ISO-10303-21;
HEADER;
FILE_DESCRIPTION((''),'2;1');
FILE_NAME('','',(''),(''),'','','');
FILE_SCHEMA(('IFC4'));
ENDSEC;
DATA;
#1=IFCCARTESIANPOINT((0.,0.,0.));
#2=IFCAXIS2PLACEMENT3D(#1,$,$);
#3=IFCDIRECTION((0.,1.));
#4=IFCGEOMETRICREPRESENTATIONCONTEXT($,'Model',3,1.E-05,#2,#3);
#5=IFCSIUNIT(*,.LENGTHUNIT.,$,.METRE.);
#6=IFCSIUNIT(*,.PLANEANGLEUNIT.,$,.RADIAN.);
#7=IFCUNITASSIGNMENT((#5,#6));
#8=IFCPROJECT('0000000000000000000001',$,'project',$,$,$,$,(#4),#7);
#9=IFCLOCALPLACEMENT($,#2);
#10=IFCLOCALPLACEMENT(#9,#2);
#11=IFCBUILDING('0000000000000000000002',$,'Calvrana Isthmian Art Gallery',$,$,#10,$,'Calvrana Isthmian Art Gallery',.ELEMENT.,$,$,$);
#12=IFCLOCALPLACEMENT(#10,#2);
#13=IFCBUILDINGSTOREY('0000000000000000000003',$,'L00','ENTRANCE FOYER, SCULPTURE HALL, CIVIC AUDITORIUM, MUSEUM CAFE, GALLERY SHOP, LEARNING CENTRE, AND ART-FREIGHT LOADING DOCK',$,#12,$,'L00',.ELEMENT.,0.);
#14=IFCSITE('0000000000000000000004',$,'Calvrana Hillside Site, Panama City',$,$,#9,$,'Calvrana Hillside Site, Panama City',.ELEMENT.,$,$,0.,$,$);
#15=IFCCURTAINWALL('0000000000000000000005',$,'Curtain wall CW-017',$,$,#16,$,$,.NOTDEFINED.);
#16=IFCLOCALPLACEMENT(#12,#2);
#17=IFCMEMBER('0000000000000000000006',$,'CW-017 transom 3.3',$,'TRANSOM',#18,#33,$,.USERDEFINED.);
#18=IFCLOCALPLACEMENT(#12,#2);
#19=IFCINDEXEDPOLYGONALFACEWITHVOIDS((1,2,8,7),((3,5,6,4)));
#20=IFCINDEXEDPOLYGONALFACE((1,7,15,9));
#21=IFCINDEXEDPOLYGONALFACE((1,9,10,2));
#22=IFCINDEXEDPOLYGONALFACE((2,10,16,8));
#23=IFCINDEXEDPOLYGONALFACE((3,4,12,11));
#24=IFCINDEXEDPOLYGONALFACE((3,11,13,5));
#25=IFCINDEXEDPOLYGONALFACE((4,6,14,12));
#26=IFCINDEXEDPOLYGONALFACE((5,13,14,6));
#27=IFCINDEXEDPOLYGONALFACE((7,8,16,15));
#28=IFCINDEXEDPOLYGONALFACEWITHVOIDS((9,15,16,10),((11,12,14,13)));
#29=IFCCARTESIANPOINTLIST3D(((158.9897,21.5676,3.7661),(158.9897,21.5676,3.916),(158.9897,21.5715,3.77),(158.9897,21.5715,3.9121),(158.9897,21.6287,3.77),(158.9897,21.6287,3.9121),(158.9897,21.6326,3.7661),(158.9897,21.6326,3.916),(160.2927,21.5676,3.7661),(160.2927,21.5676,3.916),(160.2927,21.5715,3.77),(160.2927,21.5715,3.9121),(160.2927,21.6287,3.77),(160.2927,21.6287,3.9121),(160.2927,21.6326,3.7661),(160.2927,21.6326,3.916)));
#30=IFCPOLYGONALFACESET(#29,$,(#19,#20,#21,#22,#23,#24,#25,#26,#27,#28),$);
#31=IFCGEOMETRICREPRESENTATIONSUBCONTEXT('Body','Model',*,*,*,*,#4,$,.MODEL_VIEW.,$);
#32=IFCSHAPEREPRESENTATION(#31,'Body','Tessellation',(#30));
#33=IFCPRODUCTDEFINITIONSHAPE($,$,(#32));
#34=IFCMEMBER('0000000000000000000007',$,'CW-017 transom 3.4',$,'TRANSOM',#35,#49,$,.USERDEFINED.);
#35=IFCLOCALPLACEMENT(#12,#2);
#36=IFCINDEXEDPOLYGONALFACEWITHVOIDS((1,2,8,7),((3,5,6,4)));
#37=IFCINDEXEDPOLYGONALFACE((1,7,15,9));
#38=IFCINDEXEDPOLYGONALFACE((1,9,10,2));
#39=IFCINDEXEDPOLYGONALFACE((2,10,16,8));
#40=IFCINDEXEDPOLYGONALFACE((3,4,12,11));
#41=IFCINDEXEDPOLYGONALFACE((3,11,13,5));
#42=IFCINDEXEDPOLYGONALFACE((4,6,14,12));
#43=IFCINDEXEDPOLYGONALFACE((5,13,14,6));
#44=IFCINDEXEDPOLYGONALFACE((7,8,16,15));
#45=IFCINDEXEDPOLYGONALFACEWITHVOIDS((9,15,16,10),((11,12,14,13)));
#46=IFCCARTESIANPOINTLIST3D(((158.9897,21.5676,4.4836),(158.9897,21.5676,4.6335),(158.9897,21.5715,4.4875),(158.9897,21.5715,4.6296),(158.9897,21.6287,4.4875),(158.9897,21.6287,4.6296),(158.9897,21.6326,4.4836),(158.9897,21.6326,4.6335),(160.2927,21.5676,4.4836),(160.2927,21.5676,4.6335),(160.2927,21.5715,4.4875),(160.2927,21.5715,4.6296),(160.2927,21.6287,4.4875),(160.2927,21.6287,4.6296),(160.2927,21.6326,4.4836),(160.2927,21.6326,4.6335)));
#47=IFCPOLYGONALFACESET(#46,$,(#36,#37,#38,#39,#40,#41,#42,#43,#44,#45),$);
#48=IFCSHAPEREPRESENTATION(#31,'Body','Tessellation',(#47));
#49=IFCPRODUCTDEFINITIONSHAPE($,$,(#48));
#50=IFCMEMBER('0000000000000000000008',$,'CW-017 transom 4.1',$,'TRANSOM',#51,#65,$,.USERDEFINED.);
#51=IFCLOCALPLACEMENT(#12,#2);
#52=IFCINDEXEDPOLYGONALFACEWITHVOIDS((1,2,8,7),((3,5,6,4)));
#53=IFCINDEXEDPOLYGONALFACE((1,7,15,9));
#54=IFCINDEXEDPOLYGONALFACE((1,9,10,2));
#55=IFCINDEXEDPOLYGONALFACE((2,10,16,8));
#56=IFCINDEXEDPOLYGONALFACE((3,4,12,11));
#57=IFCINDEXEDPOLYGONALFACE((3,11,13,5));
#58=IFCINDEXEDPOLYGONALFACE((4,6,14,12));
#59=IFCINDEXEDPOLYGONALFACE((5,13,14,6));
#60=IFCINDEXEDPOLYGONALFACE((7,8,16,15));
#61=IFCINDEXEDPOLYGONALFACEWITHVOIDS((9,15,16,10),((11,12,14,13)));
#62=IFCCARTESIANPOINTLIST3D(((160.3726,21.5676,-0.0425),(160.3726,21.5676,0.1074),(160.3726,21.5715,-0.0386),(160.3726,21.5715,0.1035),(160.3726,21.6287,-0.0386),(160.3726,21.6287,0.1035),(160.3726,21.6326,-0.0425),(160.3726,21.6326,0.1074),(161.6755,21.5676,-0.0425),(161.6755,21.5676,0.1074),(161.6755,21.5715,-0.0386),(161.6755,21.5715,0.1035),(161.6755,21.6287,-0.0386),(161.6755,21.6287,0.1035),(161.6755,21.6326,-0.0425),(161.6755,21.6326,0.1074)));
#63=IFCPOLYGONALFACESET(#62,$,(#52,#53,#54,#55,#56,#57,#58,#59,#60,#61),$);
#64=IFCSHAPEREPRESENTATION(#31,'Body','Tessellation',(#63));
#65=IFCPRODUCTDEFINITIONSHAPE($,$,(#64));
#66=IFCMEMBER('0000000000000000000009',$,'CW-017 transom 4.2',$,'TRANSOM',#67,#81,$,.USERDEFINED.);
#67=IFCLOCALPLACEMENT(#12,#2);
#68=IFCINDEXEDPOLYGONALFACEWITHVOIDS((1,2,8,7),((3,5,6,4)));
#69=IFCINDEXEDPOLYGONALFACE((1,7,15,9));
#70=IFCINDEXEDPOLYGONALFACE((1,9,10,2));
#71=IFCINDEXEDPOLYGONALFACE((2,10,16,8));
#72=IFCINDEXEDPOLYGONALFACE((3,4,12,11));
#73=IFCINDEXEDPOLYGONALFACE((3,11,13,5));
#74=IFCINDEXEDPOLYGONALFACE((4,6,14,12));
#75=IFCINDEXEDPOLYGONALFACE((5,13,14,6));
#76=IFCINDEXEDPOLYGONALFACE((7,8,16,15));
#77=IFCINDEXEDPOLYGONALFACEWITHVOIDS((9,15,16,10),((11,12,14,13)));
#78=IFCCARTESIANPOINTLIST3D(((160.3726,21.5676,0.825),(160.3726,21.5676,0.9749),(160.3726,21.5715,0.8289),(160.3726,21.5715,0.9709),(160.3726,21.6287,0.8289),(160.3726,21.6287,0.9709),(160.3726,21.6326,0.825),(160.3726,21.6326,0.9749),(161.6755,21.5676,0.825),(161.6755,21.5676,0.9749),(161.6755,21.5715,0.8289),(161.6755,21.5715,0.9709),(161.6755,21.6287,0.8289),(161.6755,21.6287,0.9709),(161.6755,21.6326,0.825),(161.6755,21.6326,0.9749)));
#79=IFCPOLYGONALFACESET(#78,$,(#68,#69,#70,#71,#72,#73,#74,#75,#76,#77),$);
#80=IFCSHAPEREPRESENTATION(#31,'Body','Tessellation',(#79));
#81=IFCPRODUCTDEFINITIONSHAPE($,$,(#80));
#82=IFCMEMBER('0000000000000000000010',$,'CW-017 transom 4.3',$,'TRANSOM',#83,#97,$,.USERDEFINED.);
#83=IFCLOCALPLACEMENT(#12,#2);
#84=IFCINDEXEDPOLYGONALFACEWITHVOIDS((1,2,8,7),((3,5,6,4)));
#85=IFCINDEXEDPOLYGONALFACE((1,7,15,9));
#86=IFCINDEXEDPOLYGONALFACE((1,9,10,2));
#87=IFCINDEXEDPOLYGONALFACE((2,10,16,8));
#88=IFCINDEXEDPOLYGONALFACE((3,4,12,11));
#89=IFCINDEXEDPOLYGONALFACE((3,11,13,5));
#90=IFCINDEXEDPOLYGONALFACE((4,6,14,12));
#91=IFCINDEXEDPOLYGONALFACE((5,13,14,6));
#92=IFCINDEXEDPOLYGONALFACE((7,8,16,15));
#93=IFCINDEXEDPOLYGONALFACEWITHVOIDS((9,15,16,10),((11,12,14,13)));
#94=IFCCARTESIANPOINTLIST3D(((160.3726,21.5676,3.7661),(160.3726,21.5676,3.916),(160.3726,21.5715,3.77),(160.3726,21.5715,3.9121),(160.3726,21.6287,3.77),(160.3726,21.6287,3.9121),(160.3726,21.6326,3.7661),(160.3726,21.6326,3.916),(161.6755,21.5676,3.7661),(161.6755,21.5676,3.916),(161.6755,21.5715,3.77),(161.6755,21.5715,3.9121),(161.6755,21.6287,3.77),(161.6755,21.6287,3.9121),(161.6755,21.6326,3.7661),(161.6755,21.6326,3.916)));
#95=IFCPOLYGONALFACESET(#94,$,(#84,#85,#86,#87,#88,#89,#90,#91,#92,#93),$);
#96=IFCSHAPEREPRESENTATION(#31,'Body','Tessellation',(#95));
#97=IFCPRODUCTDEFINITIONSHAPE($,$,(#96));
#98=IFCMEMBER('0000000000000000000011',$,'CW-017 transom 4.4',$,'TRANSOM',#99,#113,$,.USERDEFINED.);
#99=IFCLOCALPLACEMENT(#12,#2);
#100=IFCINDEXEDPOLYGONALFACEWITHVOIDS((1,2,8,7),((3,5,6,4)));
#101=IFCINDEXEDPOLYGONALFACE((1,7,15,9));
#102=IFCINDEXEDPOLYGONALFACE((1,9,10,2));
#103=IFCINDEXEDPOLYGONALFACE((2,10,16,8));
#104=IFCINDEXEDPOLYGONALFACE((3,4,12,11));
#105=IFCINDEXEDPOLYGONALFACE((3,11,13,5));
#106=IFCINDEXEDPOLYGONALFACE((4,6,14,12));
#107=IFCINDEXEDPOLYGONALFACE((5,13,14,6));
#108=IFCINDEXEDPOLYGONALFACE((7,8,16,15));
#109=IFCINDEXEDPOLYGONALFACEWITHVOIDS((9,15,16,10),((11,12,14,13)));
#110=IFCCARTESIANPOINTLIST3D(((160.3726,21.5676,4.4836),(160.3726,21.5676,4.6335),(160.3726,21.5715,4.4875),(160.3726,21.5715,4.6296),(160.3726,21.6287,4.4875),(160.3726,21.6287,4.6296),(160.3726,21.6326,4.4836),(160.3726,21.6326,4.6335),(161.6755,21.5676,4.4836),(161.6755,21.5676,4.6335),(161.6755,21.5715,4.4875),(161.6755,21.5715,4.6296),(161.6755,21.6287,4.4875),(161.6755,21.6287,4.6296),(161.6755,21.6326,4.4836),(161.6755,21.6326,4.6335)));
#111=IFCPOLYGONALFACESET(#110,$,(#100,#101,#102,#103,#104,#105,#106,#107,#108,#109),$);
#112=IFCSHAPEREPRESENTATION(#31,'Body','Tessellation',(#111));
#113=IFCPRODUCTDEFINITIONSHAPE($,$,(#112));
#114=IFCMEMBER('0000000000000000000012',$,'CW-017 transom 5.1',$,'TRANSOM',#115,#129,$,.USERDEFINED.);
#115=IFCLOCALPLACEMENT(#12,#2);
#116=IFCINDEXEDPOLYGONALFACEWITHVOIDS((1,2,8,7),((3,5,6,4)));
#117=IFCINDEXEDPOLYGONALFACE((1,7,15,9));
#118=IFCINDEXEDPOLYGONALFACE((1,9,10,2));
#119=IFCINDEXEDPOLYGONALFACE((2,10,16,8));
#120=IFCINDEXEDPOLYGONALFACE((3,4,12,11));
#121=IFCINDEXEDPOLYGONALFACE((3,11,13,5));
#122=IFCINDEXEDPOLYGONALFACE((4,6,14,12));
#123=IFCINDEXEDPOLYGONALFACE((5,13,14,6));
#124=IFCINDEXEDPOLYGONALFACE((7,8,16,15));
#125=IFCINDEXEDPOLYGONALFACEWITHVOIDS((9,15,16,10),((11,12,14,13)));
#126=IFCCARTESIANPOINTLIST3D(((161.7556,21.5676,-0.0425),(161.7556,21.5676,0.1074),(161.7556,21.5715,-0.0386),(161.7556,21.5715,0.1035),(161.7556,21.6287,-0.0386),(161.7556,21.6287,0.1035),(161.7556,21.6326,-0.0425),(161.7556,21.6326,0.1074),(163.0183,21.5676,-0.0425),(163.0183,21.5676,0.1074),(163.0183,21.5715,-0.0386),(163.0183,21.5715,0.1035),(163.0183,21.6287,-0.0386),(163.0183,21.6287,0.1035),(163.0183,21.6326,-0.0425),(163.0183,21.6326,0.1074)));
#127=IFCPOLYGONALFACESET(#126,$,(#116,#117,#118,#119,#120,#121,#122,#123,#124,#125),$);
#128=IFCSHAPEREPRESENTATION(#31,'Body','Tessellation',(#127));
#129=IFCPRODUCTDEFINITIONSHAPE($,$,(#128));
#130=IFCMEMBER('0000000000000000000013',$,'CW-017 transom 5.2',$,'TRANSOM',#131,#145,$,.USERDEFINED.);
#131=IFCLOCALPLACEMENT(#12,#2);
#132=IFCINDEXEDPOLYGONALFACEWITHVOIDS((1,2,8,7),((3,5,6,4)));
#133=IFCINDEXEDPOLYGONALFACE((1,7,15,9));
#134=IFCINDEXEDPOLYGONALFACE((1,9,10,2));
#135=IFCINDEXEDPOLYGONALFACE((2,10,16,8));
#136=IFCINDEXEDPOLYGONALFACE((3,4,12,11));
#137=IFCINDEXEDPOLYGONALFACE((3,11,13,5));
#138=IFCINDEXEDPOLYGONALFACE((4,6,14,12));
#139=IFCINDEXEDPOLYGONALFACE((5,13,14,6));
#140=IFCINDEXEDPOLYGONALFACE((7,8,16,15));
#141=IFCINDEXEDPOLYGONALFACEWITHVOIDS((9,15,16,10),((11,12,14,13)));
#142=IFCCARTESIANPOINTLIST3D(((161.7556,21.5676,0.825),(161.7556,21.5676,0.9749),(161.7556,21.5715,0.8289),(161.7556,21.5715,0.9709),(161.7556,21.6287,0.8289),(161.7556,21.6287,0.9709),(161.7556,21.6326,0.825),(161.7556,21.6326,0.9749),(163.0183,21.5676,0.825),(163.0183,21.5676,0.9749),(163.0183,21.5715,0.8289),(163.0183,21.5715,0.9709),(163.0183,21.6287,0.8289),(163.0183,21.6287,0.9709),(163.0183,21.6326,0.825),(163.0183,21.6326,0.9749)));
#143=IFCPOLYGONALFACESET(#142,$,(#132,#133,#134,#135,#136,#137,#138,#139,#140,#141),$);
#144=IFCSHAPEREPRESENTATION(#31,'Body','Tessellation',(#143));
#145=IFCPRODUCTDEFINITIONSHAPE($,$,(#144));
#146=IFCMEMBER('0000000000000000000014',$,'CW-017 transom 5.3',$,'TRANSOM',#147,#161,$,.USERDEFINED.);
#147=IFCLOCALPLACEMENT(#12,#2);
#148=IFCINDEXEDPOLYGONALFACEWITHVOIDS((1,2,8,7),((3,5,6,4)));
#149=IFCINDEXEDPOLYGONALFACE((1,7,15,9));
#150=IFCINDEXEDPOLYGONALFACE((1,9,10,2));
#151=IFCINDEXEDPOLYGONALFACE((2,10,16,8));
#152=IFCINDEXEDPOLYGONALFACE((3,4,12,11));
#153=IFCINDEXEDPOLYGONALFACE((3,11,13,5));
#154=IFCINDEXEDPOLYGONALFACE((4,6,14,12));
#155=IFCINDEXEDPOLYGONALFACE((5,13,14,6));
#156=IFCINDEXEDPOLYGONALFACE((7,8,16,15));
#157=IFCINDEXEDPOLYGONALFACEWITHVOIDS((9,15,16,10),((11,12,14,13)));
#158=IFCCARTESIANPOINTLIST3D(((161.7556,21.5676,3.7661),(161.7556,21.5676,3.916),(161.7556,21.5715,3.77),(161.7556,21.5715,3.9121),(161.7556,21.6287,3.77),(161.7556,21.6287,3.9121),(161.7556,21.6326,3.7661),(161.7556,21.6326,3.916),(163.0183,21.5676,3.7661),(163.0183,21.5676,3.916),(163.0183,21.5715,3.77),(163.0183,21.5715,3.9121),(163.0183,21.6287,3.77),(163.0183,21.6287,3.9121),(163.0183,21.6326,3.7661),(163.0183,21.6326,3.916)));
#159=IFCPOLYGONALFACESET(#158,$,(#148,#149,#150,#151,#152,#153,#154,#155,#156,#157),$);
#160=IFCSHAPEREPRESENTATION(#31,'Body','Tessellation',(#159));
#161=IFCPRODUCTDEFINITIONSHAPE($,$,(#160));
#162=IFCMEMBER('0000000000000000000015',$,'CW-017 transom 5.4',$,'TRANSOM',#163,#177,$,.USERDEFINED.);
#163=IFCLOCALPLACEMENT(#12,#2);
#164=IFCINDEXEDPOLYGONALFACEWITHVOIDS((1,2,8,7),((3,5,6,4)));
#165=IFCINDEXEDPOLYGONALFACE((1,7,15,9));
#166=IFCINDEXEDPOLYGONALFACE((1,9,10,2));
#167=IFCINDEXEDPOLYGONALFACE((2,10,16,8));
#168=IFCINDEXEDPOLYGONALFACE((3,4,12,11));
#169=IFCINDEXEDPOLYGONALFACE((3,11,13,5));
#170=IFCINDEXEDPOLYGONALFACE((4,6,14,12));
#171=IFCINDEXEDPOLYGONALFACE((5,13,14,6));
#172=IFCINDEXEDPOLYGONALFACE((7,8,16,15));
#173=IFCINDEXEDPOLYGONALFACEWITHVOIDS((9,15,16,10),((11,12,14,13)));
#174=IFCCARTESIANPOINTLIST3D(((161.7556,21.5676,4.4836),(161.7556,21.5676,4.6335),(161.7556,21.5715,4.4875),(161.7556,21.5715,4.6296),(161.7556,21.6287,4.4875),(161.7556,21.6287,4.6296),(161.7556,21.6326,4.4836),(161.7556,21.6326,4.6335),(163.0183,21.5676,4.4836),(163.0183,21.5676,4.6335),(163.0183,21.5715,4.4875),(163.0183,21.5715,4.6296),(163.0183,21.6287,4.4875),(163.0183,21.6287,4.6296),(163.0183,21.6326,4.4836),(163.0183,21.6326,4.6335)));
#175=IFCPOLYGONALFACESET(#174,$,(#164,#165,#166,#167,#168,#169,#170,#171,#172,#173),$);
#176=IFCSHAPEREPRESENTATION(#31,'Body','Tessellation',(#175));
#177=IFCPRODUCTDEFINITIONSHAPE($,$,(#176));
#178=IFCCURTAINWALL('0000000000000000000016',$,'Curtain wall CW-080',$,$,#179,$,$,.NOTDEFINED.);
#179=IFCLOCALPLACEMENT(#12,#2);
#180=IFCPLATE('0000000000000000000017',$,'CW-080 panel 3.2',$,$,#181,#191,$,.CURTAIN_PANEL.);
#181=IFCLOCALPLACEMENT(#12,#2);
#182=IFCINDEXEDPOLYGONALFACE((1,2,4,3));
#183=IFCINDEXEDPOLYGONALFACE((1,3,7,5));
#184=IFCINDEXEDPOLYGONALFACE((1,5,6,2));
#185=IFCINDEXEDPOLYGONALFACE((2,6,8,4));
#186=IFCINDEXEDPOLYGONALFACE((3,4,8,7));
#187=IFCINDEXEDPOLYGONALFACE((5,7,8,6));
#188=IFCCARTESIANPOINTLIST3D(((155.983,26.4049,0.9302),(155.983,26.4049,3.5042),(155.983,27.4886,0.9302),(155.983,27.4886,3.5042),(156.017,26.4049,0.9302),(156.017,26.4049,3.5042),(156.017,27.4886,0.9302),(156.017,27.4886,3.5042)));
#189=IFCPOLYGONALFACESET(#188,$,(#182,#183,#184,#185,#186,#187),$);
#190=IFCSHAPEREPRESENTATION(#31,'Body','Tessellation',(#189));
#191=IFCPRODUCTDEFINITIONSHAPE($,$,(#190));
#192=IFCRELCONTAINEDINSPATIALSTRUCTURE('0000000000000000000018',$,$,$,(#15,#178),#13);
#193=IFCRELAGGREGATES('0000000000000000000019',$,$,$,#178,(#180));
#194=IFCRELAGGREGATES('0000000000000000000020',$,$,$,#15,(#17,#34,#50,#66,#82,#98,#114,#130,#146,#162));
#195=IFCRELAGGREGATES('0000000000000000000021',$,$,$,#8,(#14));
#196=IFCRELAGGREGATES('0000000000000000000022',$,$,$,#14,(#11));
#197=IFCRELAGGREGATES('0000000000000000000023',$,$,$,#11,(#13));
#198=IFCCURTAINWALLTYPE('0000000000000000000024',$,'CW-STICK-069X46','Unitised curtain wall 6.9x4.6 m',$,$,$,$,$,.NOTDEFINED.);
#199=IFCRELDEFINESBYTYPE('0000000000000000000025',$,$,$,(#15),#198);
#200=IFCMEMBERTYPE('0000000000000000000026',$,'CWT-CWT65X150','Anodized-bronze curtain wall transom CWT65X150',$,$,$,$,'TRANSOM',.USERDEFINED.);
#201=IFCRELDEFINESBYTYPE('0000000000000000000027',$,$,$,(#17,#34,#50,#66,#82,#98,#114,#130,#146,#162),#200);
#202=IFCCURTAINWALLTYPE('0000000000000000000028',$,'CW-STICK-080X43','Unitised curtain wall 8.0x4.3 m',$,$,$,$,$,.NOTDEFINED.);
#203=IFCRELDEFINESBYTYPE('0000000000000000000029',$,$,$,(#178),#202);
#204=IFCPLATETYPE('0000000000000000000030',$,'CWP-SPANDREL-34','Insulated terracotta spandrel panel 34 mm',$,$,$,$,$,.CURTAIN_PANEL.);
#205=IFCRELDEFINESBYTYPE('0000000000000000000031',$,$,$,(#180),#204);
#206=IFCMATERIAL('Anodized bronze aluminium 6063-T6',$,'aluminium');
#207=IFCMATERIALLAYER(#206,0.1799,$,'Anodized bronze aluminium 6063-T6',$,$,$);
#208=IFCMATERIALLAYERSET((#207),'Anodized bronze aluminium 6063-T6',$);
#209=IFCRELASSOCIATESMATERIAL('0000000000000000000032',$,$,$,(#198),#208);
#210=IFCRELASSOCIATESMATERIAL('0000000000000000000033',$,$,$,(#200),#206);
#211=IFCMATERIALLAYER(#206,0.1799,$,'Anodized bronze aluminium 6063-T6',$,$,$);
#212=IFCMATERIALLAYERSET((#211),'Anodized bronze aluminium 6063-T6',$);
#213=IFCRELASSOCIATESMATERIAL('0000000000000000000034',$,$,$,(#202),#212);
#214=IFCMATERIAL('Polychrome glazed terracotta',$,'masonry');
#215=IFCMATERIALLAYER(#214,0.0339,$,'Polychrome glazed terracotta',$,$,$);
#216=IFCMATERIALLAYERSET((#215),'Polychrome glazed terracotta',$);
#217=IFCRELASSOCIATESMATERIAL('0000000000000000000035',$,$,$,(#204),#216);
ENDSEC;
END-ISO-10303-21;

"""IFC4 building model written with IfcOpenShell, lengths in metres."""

from ifc_helpers import new_model, si_unit, direction, frame, origin, origin_2d, place, context, subcontext, project, spatial, rectangle, hollow_rectangle, extrude, material, layer, layer_set, material_profile, profile_set, type_object, element, aggregate, save


model = new_model("IFC4")

# Units and contexts
model_context = context("Model", 3, precision=1e-05, world=origin(), true_north=direction((0.0, 1.0)))
body_context = subcontext(model_context, "Body", "Model", "MODEL_VIEW")
ifc_project = project(units=[si_unit("LENGTHUNIT", "METRE"), si_unit("PLANEANGLEUNIT", "RADIAN")], contexts=[model_context])

# Site, building, storey
site_placement = place(None, origin())
site = spatial("IfcSite", under=ifc_project, at=site_placement, Name="Calvrana Hillside Site, Panama City", LongName="Calvrana Hillside Site, Panama City", CompositionType="ELEMENT", RefElevation=0.0)
building_placement = place(site_placement, origin())
building = spatial("IfcBuilding", under=site, at=building_placement, Name="Calvrana Isthmian Art Gallery", LongName="Calvrana Isthmian Art Gallery", CompositionType="ELEMENT")
storey_placement = place(building_placement, origin())
storey = spatial("IfcBuildingStorey", under=building, at=storey_placement, Name="L00", Description="ENTRANCE FOYER, SCULPTURE HALL, CIVIC AUDITORIUM, MUSEUM CAFE, GALLERY SHOP, LEARNING CENTRE, AND ART-FREIGHT LOADING DOCK", LongName="L00", CompositionType="ELEMENT", Elevation=0.0)

# Curtain wall, members
ifc_material_1 = material(Name="Anodized bronze aluminium 6063-T6", Category="aluminium")
ifc_layer_1 = layer(ifc_material_1, 0.1799, Name="Anodized bronze aluminium 6063-T6")
ifc_layer_set_1 = layer_set([ifc_layer_1], Name="Anodized bronze aluminium 6063-T6")
curtain_wall_type_1 = type_object("IfcCurtainWallType", Name="CW-STICK-069X46", Description="Unitised curtain wall 6.9x4.6 m", PredefinedType="NOTDEFINED", material=ifc_layer_set_1)
curtain_wall_1_placement = place(storey_placement, origin())
curtain_wall_1 = element("IfcCurtainWall", 1, at=curtain_wall_1_placement, inside=storey, type_object=curtain_wall_type_1, Name="Curtain wall CW-017", PredefinedType="NOTDEFINED")
ifc_material_profile_1 = material_profile(ifc_material_1, hollow_rectangle(XDim=0.0649, YDim=0.1499, WallThickness=0.0039, at=origin_2d()), Name="CWT65X150")
ifc_profile_set_1 = profile_set([ifc_material_profile_1], Name="Anodized bronze aluminium 6063-T6")
member_type_1 = type_object("IfcMemberType", Name="CWT-CWT65X150", Description="Anodized-bronze curtain wall transom CWT65X150", ElementType="TRANSOM", PredefinedType="USERDEFINED", material=ifc_profile_set_1)
member_1_placement = place(storey_placement, frame((158.9897, 21.6001, 3.8411), z_axis=(1.0, 0.0, 0.0), x_axis=(0.0, 1.0, 0.0)))
member_1 = element("IfcMember", 2, at=member_1_placement, type_object=member_type_1, Name="CW-017 transom 3.3", ObjectType="TRANSOM", PredefinedType="USERDEFINED", context=body_context, shape_type="SweptSolid", body=[
    extrude(hollow_rectangle(XDim=0.0649, YDim=0.1499, WallThickness=0.0039, at=origin_2d()), origin(), (0.0, 0.0, 1.0), 1.303),
])
member_2_placement = place(storey_placement, frame((158.9897, 21.6001, 4.5586), z_axis=(1.0, 0.0, 0.0), x_axis=(0.0, 1.0, 0.0)))
member_2 = element("IfcMember", 3, at=member_2_placement, type_object=member_type_1, Name="CW-017 transom 3.4", ObjectType="TRANSOM", PredefinedType="USERDEFINED", context=body_context, shape_type="SweptSolid", body=[
    extrude(hollow_rectangle(XDim=0.0649, YDim=0.1499, WallThickness=0.0039, at=origin_2d()), origin(), (0.0, 0.0, 1.0), 1.303),
])
member_3_placement = place(storey_placement, frame((160.3726, 21.6001, 0.0325), z_axis=(1.0, 0.0, 0.0), x_axis=(0.0, 1.0, 0.0)))
member_3 = element("IfcMember", 4, at=member_3_placement, type_object=member_type_1, Name="CW-017 transom 4.1", ObjectType="TRANSOM", PredefinedType="USERDEFINED", context=body_context, shape_type="SweptSolid", body=[
    extrude(hollow_rectangle(XDim=0.0649, YDim=0.1499, WallThickness=0.0039, at=origin_2d()), origin(), (0.0, 0.0, 1.0), 1.303),
])
member_4_placement = place(storey_placement, frame((160.3726, 21.6001, 0.8999), z_axis=(1.0, 0.0, 0.0), x_axis=(0.0, 1.0, 0.0)))
member_4 = element("IfcMember", 5, at=member_4_placement, type_object=member_type_1, Name="CW-017 transom 4.2", ObjectType="TRANSOM", PredefinedType="USERDEFINED", context=body_context, shape_type="SweptSolid", body=[
    extrude(hollow_rectangle(XDim=0.0649, YDim=0.1499, WallThickness=0.0039, at=origin_2d()), origin(), (0.0, 0.0, 1.0), 1.303),
])
member_5_placement = place(storey_placement, frame((160.3726, 21.6001, 3.8411), z_axis=(1.0, 0.0, 0.0), x_axis=(0.0, 1.0, 0.0)))
member_5 = element("IfcMember", 6, at=member_5_placement, type_object=member_type_1, Name="CW-017 transom 4.3", ObjectType="TRANSOM", PredefinedType="USERDEFINED", context=body_context, shape_type="SweptSolid", body=[
    extrude(hollow_rectangle(XDim=0.0649, YDim=0.1499, WallThickness=0.0039, at=origin_2d()), origin(), (0.0, 0.0, 1.0), 1.303),
])
member_6_placement = place(storey_placement, frame((160.3726, 21.6001, 4.5586), z_axis=(1.0, 0.0, 0.0), x_axis=(0.0, 1.0, 0.0)))
member_6 = element("IfcMember", 7, at=member_6_placement, type_object=member_type_1, Name="CW-017 transom 4.4", ObjectType="TRANSOM", PredefinedType="USERDEFINED", context=body_context, shape_type="SweptSolid", body=[
    extrude(hollow_rectangle(XDim=0.0649, YDim=0.1499, WallThickness=0.0039, at=origin_2d()), origin(), (0.0, 0.0, 1.0), 1.303),
])
member_7_placement = place(storey_placement, frame((161.7556, 21.6001, 0.0325), z_axis=(1.0, 0.0, 0.0), x_axis=(0.0, 1.0, 0.0)))
member_7 = element("IfcMember", 8, at=member_7_placement, type_object=member_type_1, Name="CW-017 transom 5.1", ObjectType="TRANSOM", PredefinedType="USERDEFINED", context=body_context, shape_type="SweptSolid", body=[
    extrude(hollow_rectangle(XDim=0.0649, YDim=0.1499, WallThickness=0.0039, at=origin_2d()), origin(), (0.0, 0.0, 1.0), 1.2627),
])
member_8_placement = place(storey_placement, frame((161.7556, 21.6001, 0.8999), z_axis=(1.0, 0.0, 0.0), x_axis=(0.0, 1.0, 0.0)))
member_8 = element("IfcMember", 9, at=member_8_placement, type_object=member_type_1, Name="CW-017 transom 5.2", ObjectType="TRANSOM", PredefinedType="USERDEFINED", context=body_context, shape_type="SweptSolid", body=[
    extrude(hollow_rectangle(XDim=0.0649, YDim=0.1499, WallThickness=0.0039, at=origin_2d()), origin(), (0.0, 0.0, 1.0), 1.2627),
])
member_9_placement = place(storey_placement, frame((161.7556, 21.6001, 3.8411), z_axis=(1.0, 0.0, 0.0), x_axis=(0.0, 1.0, 0.0)))
member_9 = element("IfcMember", 10, at=member_9_placement, type_object=member_type_1, Name="CW-017 transom 5.3", ObjectType="TRANSOM", PredefinedType="USERDEFINED", context=body_context, shape_type="SweptSolid", body=[
    extrude(hollow_rectangle(XDim=0.0649, YDim=0.1499, WallThickness=0.0039, at=origin_2d()), origin(), (0.0, 0.0, 1.0), 1.2627),
])
member_10_placement = place(storey_placement, frame((161.7556, 21.6001, 4.5586), z_axis=(1.0, 0.0, 0.0), x_axis=(0.0, 1.0, 0.0)))
member_10 = element("IfcMember", 11, at=member_10_placement, type_object=member_type_1, Name="CW-017 transom 5.4", ObjectType="TRANSOM", PredefinedType="USERDEFINED", context=body_context, shape_type="SweptSolid", body=[
    extrude(hollow_rectangle(XDim=0.0649, YDim=0.1499, WallThickness=0.0039, at=origin_2d()), origin(), (0.0, 0.0, 1.0), 1.2627),
])

# Curtain wall, plate
ifc_layer_2 = layer(ifc_material_1, 0.1799, Name="Anodized bronze aluminium 6063-T6")
ifc_layer_set_2 = layer_set([ifc_layer_2], Name="Anodized bronze aluminium 6063-T6")
curtain_wall_type_2 = type_object("IfcCurtainWallType", Name="CW-STICK-080X43", Description="Unitised curtain wall 8.0x4.3 m", PredefinedType="NOTDEFINED", material=ifc_layer_set_2)
curtain_wall_2_placement = place(storey_placement, origin())
curtain_wall_2 = element("IfcCurtainWall", 12, at=curtain_wall_2_placement, inside=storey, type_object=curtain_wall_type_2, Name="Curtain wall CW-080", PredefinedType="NOTDEFINED")
ifc_material_2 = material(Name="Polychrome glazed terracotta", Category="masonry")
ifc_layer_3 = layer(ifc_material_2, 0.0339, Name="Polychrome glazed terracotta")
ifc_layer_set_3 = layer_set([ifc_layer_3], Name="Polychrome glazed terracotta")
plate_type_1 = type_object("IfcPlateType", Name="CWP-SPANDREL-34", Description="Insulated terracotta spandrel panel 34 mm", PredefinedType="CURTAIN_PANEL", material=ifc_layer_set_3)
plate_1_placement = place(storey_placement, frame((156.0, 26.9468, 0.9302), z_axis=(0.0, 0.0, 1.0), x_axis=(0.0, -1.0, 0.0)))
plate_1 = element("IfcPlate", 13, at=plate_1_placement, type_object=plate_type_1, Name="CW-080 panel 3.2", PredefinedType="CURTAIN_PANEL", context=body_context, shape_type="SweptSolid", body=[
    extrude(rectangle(XDim=1.0837, YDim=0.0339, at=origin_2d()), origin(), (0.0, 0.0, 1.0), 2.574),
])
aggregate(curtain_wall_2, [plate_1])

aggregate(curtain_wall_1, [member_1, member_2, member_3, member_4, member_5, member_6, member_7, member_8, member_9, member_10])

save(model, "model.ifc")
